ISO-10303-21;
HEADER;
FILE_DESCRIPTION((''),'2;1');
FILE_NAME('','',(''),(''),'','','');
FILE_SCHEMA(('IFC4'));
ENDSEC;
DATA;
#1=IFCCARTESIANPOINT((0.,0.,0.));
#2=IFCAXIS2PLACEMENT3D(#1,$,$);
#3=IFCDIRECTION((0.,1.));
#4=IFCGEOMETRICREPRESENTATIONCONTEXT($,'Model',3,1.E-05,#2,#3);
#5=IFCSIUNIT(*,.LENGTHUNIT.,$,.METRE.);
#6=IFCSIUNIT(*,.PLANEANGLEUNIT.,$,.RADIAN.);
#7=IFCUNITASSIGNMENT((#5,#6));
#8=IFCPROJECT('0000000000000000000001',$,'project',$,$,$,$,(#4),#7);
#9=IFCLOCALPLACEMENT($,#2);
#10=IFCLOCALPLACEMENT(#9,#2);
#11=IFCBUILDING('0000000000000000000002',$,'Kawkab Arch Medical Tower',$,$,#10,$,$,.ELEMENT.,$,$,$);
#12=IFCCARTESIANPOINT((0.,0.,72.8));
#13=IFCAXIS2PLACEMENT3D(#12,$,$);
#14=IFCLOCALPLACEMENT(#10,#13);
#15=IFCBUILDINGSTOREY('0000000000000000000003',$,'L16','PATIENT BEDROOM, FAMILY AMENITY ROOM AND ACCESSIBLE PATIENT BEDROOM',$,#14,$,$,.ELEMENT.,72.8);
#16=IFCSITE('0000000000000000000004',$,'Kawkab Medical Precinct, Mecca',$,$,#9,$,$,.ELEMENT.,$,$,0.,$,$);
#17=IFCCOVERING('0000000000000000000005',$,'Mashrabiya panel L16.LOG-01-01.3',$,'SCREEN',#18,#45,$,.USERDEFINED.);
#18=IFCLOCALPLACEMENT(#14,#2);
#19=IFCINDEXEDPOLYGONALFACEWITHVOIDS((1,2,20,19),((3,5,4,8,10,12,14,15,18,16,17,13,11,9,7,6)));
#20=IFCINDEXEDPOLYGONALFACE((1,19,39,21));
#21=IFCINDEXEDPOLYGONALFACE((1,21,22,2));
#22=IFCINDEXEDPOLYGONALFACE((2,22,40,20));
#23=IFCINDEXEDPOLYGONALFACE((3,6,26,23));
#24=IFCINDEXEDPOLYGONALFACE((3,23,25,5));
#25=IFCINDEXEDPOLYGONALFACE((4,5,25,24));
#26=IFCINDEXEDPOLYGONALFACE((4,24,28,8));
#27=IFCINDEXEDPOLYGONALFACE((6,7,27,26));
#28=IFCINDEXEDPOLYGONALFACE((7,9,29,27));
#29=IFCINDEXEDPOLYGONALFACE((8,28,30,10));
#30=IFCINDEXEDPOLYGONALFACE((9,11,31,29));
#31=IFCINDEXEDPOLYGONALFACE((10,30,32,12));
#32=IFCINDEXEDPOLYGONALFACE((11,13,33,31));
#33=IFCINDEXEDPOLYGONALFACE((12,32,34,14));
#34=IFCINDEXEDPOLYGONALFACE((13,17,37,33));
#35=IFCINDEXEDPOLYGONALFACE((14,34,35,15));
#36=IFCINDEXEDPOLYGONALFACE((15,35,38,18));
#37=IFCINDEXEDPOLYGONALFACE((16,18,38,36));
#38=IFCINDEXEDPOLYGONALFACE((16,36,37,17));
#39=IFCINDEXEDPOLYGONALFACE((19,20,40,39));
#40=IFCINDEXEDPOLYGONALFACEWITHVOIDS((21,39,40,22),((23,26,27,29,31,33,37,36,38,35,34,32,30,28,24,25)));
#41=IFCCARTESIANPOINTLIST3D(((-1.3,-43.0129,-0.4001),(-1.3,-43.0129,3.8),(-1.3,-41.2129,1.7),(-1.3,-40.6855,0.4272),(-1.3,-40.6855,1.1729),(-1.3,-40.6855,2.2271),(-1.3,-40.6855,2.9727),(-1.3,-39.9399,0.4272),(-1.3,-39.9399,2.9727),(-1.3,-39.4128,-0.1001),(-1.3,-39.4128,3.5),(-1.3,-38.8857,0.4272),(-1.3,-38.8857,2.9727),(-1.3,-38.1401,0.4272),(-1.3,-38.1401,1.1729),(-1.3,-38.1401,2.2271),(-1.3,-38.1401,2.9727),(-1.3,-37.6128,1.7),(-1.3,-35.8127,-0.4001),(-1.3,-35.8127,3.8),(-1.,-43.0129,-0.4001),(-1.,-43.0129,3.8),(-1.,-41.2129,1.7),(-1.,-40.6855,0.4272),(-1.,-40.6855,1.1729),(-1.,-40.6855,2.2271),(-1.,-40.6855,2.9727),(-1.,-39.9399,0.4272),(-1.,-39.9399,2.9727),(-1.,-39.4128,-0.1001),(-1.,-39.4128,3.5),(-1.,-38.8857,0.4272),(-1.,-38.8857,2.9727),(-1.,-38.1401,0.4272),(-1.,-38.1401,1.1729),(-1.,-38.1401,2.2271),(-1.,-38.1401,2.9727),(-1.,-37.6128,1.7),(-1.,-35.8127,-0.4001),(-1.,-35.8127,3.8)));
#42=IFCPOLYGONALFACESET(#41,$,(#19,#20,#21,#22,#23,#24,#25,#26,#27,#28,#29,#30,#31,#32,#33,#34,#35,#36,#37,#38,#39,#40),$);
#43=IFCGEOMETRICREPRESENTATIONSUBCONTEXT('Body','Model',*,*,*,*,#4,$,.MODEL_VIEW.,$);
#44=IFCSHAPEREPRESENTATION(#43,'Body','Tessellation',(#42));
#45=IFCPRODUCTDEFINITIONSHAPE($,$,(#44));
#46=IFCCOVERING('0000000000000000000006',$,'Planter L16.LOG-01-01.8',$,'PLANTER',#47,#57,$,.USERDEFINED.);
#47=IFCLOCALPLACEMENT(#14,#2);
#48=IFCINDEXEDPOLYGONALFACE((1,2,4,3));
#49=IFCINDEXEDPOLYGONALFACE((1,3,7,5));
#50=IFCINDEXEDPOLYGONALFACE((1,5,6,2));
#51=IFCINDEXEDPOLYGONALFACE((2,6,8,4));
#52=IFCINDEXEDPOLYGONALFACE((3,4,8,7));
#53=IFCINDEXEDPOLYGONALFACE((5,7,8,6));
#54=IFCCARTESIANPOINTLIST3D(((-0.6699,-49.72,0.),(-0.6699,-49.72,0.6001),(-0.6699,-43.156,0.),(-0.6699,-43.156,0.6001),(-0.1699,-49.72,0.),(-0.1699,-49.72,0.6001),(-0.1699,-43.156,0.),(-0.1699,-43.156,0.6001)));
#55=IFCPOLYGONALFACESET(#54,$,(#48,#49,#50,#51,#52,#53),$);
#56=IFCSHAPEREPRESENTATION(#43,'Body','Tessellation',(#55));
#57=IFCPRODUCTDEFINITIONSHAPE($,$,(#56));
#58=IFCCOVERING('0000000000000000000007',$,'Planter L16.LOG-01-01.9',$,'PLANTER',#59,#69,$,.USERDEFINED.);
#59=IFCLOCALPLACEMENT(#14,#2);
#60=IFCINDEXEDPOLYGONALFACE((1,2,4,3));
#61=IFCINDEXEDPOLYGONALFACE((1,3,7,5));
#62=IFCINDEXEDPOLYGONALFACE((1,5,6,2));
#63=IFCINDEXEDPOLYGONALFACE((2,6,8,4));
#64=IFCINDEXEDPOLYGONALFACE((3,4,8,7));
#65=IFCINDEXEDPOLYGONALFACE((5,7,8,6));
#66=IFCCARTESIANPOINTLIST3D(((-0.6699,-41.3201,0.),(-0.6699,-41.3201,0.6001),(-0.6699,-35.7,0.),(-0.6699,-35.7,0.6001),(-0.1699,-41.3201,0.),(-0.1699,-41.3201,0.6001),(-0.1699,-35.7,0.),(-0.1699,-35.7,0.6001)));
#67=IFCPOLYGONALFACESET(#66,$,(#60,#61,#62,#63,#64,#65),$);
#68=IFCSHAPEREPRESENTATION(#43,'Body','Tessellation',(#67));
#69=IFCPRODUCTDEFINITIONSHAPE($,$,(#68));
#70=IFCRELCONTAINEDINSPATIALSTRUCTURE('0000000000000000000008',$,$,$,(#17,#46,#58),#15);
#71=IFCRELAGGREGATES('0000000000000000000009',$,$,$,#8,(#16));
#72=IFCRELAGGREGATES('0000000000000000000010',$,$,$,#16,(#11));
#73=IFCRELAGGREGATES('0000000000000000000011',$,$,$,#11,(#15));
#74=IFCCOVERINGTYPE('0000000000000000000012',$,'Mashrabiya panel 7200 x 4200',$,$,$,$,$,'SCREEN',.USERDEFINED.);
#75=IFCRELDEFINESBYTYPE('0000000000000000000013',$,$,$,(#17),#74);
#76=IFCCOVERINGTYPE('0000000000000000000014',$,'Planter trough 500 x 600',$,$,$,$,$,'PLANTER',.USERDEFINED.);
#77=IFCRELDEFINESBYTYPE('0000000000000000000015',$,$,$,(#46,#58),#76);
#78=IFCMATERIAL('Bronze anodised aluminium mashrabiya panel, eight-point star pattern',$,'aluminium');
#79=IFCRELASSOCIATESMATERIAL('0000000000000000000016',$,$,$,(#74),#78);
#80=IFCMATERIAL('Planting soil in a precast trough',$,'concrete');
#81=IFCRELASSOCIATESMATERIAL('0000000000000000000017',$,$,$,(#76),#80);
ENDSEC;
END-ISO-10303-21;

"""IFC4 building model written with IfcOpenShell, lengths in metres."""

from ifc_helpers import new_model, si_unit, direction, frame, origin, origin_2d, place, context, subcontext, project, spatial, polyline, rectangle, outline, extrude, material, material_profile, profile_set, type_object, element, save


model = new_model("IFC4")

# Units and contexts
model_context = context("Model", 3, precision=1e-05, world=origin(), true_north=direction((0.0, 1.0)))
body_context = subcontext(model_context, "Body", "Model", "MODEL_VIEW")
ifc_project = project(units=[si_unit("LENGTHUNIT", "METRE"), si_unit("PLANEANGLEUNIT", "RADIAN")], contexts=[model_context])

# Site, building, storey
site_placement = place(None, origin())
site = spatial("IfcSite", under=ifc_project, at=site_placement, Name="Kawkab Medical Precinct, Mecca", CompositionType="ELEMENT", RefElevation=0.0)
building_placement = place(site_placement, origin())
building = spatial("IfcBuilding", under=site, at=building_placement, Name="Kawkab Arch Medical Tower", CompositionType="ELEMENT")
storey_placement = place(building_placement, frame((0.0, 0.0, 72.8)))
storey = spatial("IfcBuildingStorey", under=building, at=storey_placement, Name="L16", Description="PATIENT BEDROOM, FAMILY AMENITY ROOM AND ACCESSIBLE PATIENT BEDROOM", CompositionType="ELEMENT", Elevation=72.8)

# Coverings
ifc_material_1 = material(Name="Bronze anodised aluminium mashrabiya panel, eight-point star pattern", Category="aluminium")
ifc_material_profile_1 = material_profile(ifc_material_1, outline(polyline([(-3.6001, -2.1001), (3.6001, -2.1001), (3.6001, 2.1001), (-3.6001, 2.1001), (-3.6001, -2.1001)]), holes=[polyline([(1.8, 0.0), (1.2727, 0.5271), (1.2727, 1.2727), (0.5271, 1.2727), (0.0, 1.8), (-0.5271, 1.2727), (-1.2727, 1.2727), (-1.2727, 0.5271), (-1.8, 0.0), (-1.2727, -0.5271), (-1.2727, -1.2727), (-0.5271, -1.2727), (0.0, -1.8), (0.5271, -1.2727), (1.2727, -1.2727), (1.2727, -0.5271), (1.8, 0.0)])]), Name="Mashrabiya panel 7200x4200")
ifc_profile_set_1 = profile_set([ifc_material_profile_1], Name="Bronze anodised aluminium mashrabiya panel, eight-point star pattern")
covering_type_1 = type_object("IfcCoveringType", Name="Mashrabiya panel 7200 x 4200", ElementType="SCREEN", PredefinedType="USERDEFINED", material=ifc_profile_set_1)
covering_1_placement = place(storey_placement, frame((-1.0, -39.4128, 1.7), z_axis=(-1.0, 0.0, 0.0), x_axis=(0.0, -1.0, 0.0)))
element("IfcCovering", 1, at=covering_1_placement, inside=storey, type_object=covering_type_1, Name="Mashrabiya panel L16.LOG-01-01.3", ObjectType="SCREEN", PredefinedType="USERDEFINED", context=body_context, shape_type="SweptSolid", body=[
    extrude(outline(polyline([(-3.6001, -2.1001), (3.6001, -2.1001), (3.6001, 2.1001), (-3.6001, 2.1001), (-3.6001, -2.1001)]), holes=[polyline([(1.8, 0.0), (1.2727, 0.5271), (1.2727, 1.2727), (0.5271, 1.2727), (0.0, 1.8), (-0.5271, 1.2727), (-1.2727, 1.2727), (-1.2727, 0.5271), (-1.8, 0.0), (-1.2727, -0.5271), (-1.2727, -1.2727), (-0.5271, -1.2727), (0.0, -1.8), (0.5271, -1.2727), (1.2727, -1.2727), (1.2727, -0.5271), (1.8, 0.0)])]), origin(), (0.0, 0.0, 1.0), 0.3),
])
ifc_material_2 = material(Name="Planting soil in a precast trough", Category="concrete")
ifc_material_profile_2 = material_profile(ifc_material_2, rectangle(XDim=0.5, YDim=0.6001, at=origin_2d()), Name="Trough 500x600")
ifc_profile_set_2 = profile_set([ifc_material_profile_2], Name="Planting soil in a precast trough")
covering_type_2 = type_object("IfcCoveringType", Name="Planter trough 500 x 600", ElementType="PLANTER", PredefinedType="USERDEFINED", material=ifc_profile_set_2)
covering_2_placement = place(storey_placement, frame((-0.4199, -49.72, 0.3), z_axis=(0.0, 1.0, 0.0), x_axis=(-1.0, 0.0, 0.0)))
element("IfcCovering", 2, at=covering_2_placement, inside=storey, type_object=covering_type_2, Name="Planter L16.LOG-01-01.8", ObjectType="PLANTER", PredefinedType="USERDEFINED", context=body_context, shape_type="SweptSolid", body=[
    extrude(rectangle(XDim=0.5, YDim=0.6001, at=origin_2d()), origin(), (0.0, 0.0, 1.0), 6.564),
])
covering_3_placement = place(storey_placement, frame((-0.4199, -41.3201, 0.3), z_axis=(0.0, 1.0, 0.0), x_axis=(-1.0, 0.0, 0.0)))
element("IfcCovering", 3, at=covering_3_placement, inside=storey, type_object=covering_type_2, Name="Planter L16.LOG-01-01.9", ObjectType="PLANTER", PredefinedType="USERDEFINED", context=body_context, shape_type="SweptSolid", body=[
    extrude(rectangle(XDim=0.5, YDim=0.6001, at=origin_2d()), origin(), (0.0, 0.0, 1.0), 5.6201),
])

save(model, "model.ifc")
